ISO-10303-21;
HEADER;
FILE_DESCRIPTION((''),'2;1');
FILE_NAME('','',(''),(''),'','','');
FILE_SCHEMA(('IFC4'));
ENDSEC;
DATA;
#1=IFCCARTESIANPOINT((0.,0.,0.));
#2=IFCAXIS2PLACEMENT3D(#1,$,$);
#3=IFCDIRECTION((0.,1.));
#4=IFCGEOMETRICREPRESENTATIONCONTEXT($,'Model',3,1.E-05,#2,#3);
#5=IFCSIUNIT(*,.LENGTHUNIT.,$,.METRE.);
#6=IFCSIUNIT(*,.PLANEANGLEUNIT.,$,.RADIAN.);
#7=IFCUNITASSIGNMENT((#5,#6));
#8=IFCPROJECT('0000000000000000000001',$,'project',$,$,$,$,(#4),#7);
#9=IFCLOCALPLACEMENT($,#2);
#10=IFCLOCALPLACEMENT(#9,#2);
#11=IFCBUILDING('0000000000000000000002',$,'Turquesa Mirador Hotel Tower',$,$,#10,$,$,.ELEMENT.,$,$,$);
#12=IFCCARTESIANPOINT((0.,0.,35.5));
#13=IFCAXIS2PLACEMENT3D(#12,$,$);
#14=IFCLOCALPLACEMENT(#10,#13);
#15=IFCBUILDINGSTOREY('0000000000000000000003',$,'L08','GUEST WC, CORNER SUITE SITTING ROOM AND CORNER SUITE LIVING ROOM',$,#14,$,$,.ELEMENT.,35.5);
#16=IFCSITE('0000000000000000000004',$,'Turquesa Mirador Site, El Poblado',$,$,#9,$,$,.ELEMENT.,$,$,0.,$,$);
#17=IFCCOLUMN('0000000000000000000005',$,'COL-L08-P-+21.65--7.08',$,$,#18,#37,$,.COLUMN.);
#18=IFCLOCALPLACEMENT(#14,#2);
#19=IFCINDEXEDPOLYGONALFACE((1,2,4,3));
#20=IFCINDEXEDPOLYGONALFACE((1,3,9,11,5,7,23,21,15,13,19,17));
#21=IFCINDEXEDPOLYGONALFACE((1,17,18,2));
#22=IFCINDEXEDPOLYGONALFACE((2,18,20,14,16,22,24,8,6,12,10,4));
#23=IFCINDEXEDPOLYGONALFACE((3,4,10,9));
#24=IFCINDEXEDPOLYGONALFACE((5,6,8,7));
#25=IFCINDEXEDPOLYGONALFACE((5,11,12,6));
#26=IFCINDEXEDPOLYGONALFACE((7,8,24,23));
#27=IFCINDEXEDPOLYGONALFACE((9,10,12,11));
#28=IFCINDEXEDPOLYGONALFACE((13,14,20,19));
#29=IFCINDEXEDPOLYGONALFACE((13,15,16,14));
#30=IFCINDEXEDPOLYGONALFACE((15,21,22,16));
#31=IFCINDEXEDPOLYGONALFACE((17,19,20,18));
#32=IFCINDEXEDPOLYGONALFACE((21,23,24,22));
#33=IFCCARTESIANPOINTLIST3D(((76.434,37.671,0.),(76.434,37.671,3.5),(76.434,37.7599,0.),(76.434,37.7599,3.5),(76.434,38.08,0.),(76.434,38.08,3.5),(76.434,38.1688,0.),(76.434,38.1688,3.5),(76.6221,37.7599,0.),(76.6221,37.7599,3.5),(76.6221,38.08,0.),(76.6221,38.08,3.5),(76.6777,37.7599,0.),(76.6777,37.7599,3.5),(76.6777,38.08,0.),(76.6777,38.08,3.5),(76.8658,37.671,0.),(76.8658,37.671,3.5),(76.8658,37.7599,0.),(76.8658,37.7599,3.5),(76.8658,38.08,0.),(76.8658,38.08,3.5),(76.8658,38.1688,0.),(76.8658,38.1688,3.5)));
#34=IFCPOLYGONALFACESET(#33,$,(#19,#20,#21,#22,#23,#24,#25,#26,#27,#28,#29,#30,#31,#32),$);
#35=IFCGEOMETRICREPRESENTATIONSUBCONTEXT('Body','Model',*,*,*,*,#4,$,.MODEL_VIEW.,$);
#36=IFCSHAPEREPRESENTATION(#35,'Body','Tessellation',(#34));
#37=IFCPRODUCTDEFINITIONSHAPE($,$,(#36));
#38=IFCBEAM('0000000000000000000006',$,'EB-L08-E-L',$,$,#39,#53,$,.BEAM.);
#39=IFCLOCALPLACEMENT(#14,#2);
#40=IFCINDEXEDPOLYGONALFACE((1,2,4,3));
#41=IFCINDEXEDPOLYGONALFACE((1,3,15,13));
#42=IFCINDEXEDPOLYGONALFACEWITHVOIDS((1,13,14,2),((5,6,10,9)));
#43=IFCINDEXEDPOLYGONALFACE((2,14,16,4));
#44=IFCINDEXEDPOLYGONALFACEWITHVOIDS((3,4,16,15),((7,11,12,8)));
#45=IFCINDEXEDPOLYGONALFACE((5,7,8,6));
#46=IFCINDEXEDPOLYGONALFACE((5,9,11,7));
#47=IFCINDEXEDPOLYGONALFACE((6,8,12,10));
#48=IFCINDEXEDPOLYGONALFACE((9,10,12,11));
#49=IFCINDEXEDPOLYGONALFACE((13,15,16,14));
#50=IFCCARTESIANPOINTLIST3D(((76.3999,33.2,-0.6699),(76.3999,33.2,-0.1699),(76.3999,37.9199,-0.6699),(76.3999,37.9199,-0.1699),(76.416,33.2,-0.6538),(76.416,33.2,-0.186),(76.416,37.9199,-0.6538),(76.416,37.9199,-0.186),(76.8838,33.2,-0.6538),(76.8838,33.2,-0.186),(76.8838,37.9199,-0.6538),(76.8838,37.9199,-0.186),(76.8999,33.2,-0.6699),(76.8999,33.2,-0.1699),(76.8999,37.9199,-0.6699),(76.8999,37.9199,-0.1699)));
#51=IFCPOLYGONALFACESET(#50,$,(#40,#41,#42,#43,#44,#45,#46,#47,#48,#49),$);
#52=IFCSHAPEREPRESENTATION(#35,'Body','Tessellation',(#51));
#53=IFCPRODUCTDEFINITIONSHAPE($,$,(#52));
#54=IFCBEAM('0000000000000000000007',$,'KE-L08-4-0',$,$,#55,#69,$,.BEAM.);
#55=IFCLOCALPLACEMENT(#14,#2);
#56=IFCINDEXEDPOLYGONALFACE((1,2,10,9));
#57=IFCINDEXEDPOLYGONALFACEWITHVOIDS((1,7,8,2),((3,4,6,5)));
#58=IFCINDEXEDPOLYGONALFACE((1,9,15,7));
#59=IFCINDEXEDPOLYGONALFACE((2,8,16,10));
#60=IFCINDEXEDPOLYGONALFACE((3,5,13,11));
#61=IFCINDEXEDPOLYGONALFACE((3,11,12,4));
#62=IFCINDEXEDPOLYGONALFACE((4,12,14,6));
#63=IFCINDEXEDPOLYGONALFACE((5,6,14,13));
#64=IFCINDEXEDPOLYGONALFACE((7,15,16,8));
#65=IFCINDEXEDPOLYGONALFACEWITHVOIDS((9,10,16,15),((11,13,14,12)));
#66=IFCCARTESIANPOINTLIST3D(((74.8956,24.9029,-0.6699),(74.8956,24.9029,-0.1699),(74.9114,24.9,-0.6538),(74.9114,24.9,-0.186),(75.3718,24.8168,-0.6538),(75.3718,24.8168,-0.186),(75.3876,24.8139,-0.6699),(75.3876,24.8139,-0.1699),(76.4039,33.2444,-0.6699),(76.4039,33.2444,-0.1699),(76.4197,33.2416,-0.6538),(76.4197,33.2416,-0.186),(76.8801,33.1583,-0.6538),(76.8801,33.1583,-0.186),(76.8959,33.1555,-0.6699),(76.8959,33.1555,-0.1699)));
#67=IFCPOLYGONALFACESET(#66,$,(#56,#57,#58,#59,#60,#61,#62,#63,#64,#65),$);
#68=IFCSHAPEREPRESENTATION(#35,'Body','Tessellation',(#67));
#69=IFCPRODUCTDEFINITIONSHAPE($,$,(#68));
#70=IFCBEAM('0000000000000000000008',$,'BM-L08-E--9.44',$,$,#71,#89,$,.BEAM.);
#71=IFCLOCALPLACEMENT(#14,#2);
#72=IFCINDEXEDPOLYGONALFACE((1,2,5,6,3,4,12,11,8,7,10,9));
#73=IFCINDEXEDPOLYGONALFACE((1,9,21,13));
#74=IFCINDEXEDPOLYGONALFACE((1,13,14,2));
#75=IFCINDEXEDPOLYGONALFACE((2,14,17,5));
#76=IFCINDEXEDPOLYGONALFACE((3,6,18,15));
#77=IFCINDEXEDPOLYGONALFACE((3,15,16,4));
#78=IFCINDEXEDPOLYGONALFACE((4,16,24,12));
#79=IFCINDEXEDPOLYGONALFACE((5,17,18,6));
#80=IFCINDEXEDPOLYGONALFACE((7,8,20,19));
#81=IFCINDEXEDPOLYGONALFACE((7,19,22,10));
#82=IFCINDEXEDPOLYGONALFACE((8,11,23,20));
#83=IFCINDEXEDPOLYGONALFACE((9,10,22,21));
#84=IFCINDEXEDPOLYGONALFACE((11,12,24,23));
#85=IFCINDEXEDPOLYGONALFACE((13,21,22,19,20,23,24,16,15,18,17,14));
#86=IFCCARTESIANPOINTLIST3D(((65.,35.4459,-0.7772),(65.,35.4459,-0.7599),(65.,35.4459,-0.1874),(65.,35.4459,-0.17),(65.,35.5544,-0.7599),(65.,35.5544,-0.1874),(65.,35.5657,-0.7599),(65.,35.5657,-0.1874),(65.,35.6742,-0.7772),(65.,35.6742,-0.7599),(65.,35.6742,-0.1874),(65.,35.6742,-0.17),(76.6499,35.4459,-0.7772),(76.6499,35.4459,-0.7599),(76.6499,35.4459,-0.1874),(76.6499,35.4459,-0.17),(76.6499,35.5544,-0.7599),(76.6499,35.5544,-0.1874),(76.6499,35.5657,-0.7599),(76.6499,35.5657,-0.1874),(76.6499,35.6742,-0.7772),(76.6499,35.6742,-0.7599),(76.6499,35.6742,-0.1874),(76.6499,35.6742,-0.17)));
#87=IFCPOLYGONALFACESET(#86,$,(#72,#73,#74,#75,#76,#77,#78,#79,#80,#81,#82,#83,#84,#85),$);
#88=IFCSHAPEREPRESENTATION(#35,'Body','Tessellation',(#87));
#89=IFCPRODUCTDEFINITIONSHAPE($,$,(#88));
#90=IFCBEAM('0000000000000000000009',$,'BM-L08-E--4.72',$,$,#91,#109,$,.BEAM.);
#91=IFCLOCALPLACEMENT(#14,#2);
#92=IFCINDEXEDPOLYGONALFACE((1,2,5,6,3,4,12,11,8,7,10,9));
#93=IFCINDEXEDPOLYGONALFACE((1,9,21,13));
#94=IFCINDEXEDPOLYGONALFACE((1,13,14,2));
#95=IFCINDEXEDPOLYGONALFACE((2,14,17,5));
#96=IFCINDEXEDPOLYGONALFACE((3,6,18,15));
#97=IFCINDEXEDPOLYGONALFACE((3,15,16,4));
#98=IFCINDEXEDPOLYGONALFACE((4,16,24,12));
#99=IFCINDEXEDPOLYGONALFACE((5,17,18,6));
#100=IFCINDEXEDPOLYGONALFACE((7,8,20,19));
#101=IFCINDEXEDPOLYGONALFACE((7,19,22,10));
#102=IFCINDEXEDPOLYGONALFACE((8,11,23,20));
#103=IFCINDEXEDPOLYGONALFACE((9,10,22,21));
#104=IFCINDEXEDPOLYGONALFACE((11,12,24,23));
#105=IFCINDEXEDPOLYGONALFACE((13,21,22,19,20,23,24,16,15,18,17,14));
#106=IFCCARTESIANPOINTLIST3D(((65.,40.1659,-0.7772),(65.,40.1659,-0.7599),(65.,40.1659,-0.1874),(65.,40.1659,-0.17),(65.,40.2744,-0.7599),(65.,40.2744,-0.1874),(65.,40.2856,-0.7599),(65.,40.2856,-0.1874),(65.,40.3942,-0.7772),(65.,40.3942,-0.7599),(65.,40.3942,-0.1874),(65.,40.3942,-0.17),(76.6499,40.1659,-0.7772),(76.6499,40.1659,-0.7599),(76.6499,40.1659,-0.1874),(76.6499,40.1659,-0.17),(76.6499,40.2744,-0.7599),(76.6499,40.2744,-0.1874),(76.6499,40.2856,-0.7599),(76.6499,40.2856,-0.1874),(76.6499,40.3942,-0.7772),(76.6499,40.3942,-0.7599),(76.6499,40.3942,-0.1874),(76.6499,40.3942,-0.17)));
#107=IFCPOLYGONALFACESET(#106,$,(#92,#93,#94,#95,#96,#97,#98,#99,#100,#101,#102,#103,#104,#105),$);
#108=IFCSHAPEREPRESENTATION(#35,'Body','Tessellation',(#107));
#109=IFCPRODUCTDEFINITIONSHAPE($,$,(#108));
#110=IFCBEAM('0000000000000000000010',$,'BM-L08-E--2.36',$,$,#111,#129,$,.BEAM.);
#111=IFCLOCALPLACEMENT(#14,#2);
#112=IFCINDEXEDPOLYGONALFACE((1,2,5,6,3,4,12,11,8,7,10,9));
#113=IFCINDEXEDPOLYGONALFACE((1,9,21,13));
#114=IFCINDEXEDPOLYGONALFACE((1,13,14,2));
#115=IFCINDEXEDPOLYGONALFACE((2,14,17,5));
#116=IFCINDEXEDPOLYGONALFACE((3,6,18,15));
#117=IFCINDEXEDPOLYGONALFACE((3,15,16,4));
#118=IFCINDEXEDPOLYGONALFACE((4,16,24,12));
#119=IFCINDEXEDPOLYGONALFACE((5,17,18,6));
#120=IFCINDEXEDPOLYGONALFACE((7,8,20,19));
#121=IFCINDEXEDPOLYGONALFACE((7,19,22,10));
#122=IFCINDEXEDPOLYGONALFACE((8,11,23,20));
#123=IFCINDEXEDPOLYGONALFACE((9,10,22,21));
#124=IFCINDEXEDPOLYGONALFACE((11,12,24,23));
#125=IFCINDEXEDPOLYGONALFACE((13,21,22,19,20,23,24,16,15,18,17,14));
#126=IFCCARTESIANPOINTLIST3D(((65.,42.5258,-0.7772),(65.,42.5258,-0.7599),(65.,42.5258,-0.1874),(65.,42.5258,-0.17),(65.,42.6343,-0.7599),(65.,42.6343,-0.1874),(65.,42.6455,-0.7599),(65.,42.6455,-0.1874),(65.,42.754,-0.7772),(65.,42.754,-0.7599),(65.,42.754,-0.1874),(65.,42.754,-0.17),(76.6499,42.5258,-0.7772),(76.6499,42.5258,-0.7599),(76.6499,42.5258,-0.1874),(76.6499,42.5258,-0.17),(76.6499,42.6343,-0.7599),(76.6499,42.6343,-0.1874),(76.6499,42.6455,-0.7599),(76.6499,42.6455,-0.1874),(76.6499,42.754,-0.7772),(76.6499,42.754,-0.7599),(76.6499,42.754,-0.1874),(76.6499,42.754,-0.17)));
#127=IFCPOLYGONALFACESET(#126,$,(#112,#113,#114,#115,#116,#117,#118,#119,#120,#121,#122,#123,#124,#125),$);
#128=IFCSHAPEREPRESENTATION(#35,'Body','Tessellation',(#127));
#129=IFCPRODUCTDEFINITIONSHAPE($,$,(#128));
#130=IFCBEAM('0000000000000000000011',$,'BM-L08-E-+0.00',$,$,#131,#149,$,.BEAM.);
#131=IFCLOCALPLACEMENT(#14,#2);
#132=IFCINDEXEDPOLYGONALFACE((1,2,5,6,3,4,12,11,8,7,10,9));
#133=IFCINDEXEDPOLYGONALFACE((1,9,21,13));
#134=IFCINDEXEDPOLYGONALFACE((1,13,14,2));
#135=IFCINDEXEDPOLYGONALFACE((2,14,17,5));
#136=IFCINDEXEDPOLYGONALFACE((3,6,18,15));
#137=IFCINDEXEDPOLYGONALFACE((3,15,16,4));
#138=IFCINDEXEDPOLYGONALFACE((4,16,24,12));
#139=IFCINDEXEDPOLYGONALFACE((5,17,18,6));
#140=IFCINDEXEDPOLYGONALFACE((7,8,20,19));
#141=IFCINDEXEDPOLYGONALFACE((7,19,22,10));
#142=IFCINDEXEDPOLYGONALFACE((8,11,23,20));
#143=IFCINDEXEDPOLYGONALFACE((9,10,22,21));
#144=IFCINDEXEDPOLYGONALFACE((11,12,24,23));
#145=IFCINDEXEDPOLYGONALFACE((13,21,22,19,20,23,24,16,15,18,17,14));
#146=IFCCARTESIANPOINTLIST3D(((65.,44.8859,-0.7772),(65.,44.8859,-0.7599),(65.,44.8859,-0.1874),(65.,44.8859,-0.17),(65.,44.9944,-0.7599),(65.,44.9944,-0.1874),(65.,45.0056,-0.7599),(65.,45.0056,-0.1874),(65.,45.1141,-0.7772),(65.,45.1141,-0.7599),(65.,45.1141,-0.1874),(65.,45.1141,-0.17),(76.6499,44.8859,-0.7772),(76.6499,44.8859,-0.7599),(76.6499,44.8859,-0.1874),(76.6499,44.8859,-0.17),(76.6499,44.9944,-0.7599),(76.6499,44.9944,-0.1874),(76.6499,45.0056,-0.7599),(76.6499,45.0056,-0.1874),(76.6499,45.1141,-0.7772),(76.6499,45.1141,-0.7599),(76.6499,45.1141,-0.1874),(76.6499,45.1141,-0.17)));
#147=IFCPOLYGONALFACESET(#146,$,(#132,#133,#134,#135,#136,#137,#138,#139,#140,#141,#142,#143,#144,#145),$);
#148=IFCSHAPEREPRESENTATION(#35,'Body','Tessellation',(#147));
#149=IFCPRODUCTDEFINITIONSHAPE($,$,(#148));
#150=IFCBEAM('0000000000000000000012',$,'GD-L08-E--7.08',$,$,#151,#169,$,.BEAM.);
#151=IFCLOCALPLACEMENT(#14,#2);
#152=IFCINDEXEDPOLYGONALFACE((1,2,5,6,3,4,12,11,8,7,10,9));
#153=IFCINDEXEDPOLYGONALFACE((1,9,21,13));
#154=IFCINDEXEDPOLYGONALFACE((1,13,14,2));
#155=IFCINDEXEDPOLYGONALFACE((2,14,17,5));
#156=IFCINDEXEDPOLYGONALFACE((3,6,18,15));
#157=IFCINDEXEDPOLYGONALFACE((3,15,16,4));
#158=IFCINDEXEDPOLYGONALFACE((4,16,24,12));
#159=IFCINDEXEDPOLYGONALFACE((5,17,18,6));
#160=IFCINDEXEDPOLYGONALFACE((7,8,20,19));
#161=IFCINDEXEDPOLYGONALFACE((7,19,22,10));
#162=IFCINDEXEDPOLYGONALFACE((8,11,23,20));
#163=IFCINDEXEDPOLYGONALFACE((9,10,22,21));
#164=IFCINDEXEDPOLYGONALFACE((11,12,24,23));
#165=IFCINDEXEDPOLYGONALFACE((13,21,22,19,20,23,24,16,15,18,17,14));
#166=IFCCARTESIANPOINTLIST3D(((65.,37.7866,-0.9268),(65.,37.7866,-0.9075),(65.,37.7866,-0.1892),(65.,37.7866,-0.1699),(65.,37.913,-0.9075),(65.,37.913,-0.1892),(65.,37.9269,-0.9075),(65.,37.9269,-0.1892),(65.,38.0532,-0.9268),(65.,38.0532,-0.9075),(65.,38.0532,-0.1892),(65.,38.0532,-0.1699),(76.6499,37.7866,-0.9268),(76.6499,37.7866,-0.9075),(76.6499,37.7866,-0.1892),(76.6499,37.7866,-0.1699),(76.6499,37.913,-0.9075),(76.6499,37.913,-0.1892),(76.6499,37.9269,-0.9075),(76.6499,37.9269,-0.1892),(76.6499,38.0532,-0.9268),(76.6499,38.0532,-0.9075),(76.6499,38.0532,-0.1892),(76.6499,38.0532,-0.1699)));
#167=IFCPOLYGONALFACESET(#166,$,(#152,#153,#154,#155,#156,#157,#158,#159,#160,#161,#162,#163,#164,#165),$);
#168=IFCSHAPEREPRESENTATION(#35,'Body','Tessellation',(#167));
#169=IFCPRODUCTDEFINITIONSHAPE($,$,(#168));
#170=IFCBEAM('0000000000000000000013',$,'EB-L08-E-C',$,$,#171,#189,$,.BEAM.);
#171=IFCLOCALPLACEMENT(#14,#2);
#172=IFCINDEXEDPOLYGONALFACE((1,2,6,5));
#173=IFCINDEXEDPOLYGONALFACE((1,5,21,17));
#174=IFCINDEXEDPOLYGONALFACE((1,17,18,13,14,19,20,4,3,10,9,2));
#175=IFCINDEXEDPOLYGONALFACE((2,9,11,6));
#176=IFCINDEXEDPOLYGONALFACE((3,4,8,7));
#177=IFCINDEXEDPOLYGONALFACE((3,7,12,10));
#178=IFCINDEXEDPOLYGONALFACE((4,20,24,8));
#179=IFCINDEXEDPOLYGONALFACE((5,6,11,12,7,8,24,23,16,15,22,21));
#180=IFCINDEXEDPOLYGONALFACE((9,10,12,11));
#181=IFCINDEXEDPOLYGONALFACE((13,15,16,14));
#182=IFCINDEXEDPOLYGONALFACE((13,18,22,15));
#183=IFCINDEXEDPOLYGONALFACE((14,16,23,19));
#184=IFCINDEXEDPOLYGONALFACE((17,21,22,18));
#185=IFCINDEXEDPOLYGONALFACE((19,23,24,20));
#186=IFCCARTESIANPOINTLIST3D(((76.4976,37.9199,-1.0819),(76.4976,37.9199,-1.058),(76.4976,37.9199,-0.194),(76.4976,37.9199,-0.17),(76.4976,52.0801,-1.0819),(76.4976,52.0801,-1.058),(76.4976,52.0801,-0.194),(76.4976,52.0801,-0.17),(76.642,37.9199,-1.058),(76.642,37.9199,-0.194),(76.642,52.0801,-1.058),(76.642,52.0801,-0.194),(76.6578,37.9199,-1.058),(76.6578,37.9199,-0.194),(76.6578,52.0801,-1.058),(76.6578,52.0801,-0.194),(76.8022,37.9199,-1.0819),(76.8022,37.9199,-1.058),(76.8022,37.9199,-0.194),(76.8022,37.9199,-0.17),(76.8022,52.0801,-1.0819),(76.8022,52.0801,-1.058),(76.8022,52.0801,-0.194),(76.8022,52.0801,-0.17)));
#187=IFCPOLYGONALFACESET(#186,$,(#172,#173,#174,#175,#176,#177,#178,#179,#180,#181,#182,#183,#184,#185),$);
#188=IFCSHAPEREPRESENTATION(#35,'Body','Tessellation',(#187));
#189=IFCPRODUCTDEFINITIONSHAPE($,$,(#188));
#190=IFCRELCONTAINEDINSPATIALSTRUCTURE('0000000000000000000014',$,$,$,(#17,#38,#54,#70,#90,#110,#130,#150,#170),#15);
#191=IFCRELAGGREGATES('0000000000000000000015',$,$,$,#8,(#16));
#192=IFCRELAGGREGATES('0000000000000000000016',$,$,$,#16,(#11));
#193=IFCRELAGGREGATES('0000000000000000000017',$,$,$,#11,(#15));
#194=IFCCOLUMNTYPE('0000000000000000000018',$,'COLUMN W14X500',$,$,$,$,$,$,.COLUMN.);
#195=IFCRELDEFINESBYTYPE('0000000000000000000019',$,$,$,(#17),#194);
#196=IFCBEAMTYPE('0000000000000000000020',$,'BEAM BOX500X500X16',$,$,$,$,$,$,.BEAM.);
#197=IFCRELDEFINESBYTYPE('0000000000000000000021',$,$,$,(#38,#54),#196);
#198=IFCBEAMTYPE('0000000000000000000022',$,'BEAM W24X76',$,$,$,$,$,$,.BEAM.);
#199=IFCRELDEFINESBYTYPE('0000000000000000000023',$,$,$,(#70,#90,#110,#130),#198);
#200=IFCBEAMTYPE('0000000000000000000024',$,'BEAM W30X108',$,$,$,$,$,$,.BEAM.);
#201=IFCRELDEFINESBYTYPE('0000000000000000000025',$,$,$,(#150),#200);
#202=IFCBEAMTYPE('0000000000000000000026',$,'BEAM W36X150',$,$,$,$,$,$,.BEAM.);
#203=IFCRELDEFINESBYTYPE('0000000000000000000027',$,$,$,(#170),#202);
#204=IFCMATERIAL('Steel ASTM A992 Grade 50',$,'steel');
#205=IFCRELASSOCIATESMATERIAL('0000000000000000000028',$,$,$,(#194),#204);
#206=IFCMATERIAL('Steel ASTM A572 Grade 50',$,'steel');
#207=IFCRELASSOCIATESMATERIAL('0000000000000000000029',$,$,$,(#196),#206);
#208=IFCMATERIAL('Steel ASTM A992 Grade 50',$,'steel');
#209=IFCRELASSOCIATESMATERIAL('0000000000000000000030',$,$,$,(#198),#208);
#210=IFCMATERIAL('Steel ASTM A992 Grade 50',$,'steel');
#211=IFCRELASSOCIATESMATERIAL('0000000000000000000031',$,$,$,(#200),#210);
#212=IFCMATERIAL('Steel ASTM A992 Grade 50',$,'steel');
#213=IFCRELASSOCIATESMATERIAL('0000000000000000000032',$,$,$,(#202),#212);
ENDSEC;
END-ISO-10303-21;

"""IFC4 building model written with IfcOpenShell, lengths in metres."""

from ifc_helpers import new_model, si_unit, direction, frame, origin, origin_2d, place, context, subcontext, project, spatial, hollow_rectangle, i_section, extrude, material, material_profile, profile_set, type_object, element, save


model = new_model("IFC4")

# Units and contexts
model_context = context("Model", 3, precision=1e-05, world=origin(), true_north=direction((0.0, 1.0)))
body_context = subcontext(model_context, "Body", "Model", "MODEL_VIEW")
ifc_project = project(units=[si_unit("LENGTHUNIT", "METRE"), si_unit("PLANEANGLEUNIT", "RADIAN")], contexts=[model_context])

# Site, building, storey
site_placement = place(None, origin())
site = spatial("IfcSite", under=ifc_project, at=site_placement, Name="Turquesa Mirador Site, El Poblado", CompositionType="ELEMENT", RefElevation=0.0)
building_placement = place(site_placement, origin())
building = spatial("IfcBuilding", under=site, at=building_placement, Name="Turquesa Mirador Hotel Tower", CompositionType="ELEMENT")
storey_placement = place(building_placement, frame((0.0, 0.0, 35.5)))
storey = spatial("IfcBuildingStorey", under=building, at=storey_placement, Name="L08", Description="GUEST WC, CORNER SUITE SITTING ROOM AND CORNER SUITE LIVING ROOM", CompositionType="ELEMENT", Elevation=35.5)

# Column
ifc_material_1 = material(Name="Steel ASTM A992 Grade 50", Category="steel")
ifc_material_profile_1 = material_profile(ifc_material_1, i_section(OverallWidth=0.4319, OverallDepth=0.4978, WebThickness=0.0557, FlangeThickness=0.0889, at=origin_2d()), Name="W14X500")
ifc_profile_set_1 = profile_set([ifc_material_profile_1], Name="Steel ASTM A992 Grade 50")
column_type = type_object("IfcColumnType", Name="COLUMN W14X500", PredefinedType="COLUMN", material=ifc_profile_set_1)
column_placement = place(storey_placement, frame((76.6499, 37.9199, 0.0), z_axis=(0.0, 0.0, 1.0), x_axis=(1.0, 0.0, 0.0)))
element("IfcColumn", 1, at=column_placement, inside=storey, type_object=column_type, Name="COL-L08-P-+21.65--7.08", PredefinedType="COLUMN", context=body_context, shape_type="SweptSolid", body=[
    extrude(i_section(OverallWidth=0.4319, OverallDepth=0.4978, WebThickness=0.0557, FlangeThickness=0.0889, at=origin_2d()), origin(), (0.0, 0.0, 1.0), 3.5),
])

# Beams
ifc_material_2 = material(Name="Steel ASTM A572 Grade 50", Category="steel")
ifc_material_profile_2 = material_profile(ifc_material_2, hollow_rectangle(XDim=0.5, YDim=0.5, WallThickness=0.0161, at=origin_2d()), Name="BOX500X500X16")
ifc_profile_set_2 = profile_set([ifc_material_profile_2], Name="Steel ASTM A572 Grade 50")
beam_type_1 = type_object("IfcBeamType", Name="BEAM BOX500X500X16", PredefinedType="BEAM", material=ifc_profile_set_2)
beam_1_placement = place(storey_placement, frame((76.6499, 33.2, -0.4199), z_axis=(0.0, 1.0, 0.0), x_axis=(-1.0, 0.0, 0.0)))
element("IfcBeam", 2, at=beam_1_placement, inside=storey, type_object=beam_type_1, Name="EB-L08-E-L", PredefinedType="BEAM", context=body_context, shape_type="SweptSolid", body=[
    extrude(hollow_rectangle(XDim=0.5, YDim=0.5, WallThickness=0.0161, at=origin_2d()), origin(), (0.0, 0.0, 1.0), 4.72),
])
beam_2_placement = place(storey_placement, frame((76.6499, 33.2, -0.4199), z_axis=(-0.177932, -0.984043, 0.0), x_axis=(0.984043, -0.177932, 0.0)))
element("IfcBeam", 3, at=beam_2_placement, inside=storey, type_object=beam_type_1, Name="KE-L08-4-0", PredefinedType="BEAM", context=body_context, shape_type="SweptSolid", body=[
    extrude(hollow_rectangle(XDim=0.5, YDim=0.5, WallThickness=0.0161, at=origin_2d()), origin(), (0.0, 0.0, 1.0), 8.4768),
])
ifc_material_3 = material(Name="Steel ASTM A992 Grade 50", Category="steel")
ifc_material_profile_3 = material_profile(ifc_material_3, i_section(OverallWidth=0.2283, OverallDepth=0.6072, WebThickness=0.0112, FlangeThickness=0.0173, at=origin_2d()), Name="W24X76")
ifc_profile_set_3 = profile_set([ifc_material_profile_3], Name="Steel ASTM A992 Grade 50")
beam_type_2 = type_object("IfcBeamType", Name="BEAM W24X76", PredefinedType="BEAM", material=ifc_profile_set_3)
for number, where, z_axis, x_axis, name in (
    (4, (76.6499, 35.5601, -0.4736), (-1.0, 0.0, 0.0), (0.0, -1.0, 0.0), "BM-L08-E--9.44"),
    (5, (76.6499, 40.28, -0.4736), (-1.0, 0.0, 0.0), (0.0, -1.0, 0.0), "BM-L08-E--4.72"),
    (6, (76.6499, 42.6399, -0.4736), (-1.0, 0.0, 0.0), (0.0, -1.0, 0.0), "BM-L08-E--2.36"),
    (7, (76.6499, 45.0, -0.4736), (-1.0, 0.0, 0.0), (0.0, -1.0, 0.0), "BM-L08-E-+0.00"),
):
    element("IfcBeam", number, at=place(storey_placement, frame(where, z_axis=z_axis, x_axis=x_axis)), inside=storey, type_object=beam_type_2, Name=name, PredefinedType="BEAM", context=body_context, shape_type="SweptSolid", body=[
        extrude(i_section(OverallWidth=0.2283, OverallDepth=0.6072, WebThickness=0.0112, FlangeThickness=0.0173, at=origin_2d()), origin(), (0.0, 0.0, 1.0), 11.6499),
    ])
ifc_material_4 = material(Name="Steel ASTM A992 Grade 50", Category="steel")
ifc_material_profile_4 = material_profile(ifc_material_4, i_section(OverallWidth=0.2666, OverallDepth=0.7568, WebThickness=0.0139, FlangeThickness=0.0193, at=origin_2d()), Name="W30X108")
ifc_profile_set_4 = profile_set([ifc_material_profile_4], Name="Steel ASTM A992 Grade 50")
beam_type_3 = type_object("IfcBeamType", Name="BEAM W30X108", PredefinedType="BEAM", material=ifc_profile_set_4)
beam_3_placement = place(storey_placement, frame((76.6499, 37.9199, -0.5483), z_axis=(-1.0, 0.0, 0.0), x_axis=(0.0, -1.0, 0.0)))
element("IfcBeam", 8, at=beam_3_placement, inside=storey, type_object=beam_type_3, Name="GD-L08-E--7.08", PredefinedType="BEAM", context=body_context, shape_type="SweptSolid", body=[
    extrude(i_section(OverallWidth=0.2666, OverallDepth=0.7568, WebThickness=0.0139, FlangeThickness=0.0193, at=origin_2d()), origin(), (0.0, 0.0, 1.0), 11.6499),
])
ifc_material_5 = material(Name="Steel ASTM A992 Grade 50", Category="steel")
ifc_material_profile_5 = material_profile(ifc_material_5, i_section(OverallWidth=0.3047, OverallDepth=0.9119, WebThickness=0.0159, FlangeThickness=0.0239, at=origin_2d()), Name="W36X150")
ifc_profile_set_5 = profile_set([ifc_material_profile_5], Name="Steel ASTM A992 Grade 50")
beam_type_4 = type_object("IfcBeamType", Name="BEAM W36X150", PredefinedType="BEAM", material=ifc_profile_set_5)
beam_4_placement = place(storey_placement, frame((76.6499, 37.9199, -0.626), z_axis=(0.0, 1.0, 0.0), x_axis=(-1.0, 0.0, 0.0)))
element("IfcBeam", 9, at=beam_4_placement, inside=storey, type_object=beam_type_4, Name="EB-L08-E-C", PredefinedType="BEAM", context=body_context, shape_type="SweptSolid", body=[
    extrude(i_section(OverallWidth=0.3047, OverallDepth=0.9119, WebThickness=0.0159, FlangeThickness=0.0239, at=origin_2d()), origin(), (0.0, 0.0, 1.0), 14.1602),
])

save(model, "model.ifc")
